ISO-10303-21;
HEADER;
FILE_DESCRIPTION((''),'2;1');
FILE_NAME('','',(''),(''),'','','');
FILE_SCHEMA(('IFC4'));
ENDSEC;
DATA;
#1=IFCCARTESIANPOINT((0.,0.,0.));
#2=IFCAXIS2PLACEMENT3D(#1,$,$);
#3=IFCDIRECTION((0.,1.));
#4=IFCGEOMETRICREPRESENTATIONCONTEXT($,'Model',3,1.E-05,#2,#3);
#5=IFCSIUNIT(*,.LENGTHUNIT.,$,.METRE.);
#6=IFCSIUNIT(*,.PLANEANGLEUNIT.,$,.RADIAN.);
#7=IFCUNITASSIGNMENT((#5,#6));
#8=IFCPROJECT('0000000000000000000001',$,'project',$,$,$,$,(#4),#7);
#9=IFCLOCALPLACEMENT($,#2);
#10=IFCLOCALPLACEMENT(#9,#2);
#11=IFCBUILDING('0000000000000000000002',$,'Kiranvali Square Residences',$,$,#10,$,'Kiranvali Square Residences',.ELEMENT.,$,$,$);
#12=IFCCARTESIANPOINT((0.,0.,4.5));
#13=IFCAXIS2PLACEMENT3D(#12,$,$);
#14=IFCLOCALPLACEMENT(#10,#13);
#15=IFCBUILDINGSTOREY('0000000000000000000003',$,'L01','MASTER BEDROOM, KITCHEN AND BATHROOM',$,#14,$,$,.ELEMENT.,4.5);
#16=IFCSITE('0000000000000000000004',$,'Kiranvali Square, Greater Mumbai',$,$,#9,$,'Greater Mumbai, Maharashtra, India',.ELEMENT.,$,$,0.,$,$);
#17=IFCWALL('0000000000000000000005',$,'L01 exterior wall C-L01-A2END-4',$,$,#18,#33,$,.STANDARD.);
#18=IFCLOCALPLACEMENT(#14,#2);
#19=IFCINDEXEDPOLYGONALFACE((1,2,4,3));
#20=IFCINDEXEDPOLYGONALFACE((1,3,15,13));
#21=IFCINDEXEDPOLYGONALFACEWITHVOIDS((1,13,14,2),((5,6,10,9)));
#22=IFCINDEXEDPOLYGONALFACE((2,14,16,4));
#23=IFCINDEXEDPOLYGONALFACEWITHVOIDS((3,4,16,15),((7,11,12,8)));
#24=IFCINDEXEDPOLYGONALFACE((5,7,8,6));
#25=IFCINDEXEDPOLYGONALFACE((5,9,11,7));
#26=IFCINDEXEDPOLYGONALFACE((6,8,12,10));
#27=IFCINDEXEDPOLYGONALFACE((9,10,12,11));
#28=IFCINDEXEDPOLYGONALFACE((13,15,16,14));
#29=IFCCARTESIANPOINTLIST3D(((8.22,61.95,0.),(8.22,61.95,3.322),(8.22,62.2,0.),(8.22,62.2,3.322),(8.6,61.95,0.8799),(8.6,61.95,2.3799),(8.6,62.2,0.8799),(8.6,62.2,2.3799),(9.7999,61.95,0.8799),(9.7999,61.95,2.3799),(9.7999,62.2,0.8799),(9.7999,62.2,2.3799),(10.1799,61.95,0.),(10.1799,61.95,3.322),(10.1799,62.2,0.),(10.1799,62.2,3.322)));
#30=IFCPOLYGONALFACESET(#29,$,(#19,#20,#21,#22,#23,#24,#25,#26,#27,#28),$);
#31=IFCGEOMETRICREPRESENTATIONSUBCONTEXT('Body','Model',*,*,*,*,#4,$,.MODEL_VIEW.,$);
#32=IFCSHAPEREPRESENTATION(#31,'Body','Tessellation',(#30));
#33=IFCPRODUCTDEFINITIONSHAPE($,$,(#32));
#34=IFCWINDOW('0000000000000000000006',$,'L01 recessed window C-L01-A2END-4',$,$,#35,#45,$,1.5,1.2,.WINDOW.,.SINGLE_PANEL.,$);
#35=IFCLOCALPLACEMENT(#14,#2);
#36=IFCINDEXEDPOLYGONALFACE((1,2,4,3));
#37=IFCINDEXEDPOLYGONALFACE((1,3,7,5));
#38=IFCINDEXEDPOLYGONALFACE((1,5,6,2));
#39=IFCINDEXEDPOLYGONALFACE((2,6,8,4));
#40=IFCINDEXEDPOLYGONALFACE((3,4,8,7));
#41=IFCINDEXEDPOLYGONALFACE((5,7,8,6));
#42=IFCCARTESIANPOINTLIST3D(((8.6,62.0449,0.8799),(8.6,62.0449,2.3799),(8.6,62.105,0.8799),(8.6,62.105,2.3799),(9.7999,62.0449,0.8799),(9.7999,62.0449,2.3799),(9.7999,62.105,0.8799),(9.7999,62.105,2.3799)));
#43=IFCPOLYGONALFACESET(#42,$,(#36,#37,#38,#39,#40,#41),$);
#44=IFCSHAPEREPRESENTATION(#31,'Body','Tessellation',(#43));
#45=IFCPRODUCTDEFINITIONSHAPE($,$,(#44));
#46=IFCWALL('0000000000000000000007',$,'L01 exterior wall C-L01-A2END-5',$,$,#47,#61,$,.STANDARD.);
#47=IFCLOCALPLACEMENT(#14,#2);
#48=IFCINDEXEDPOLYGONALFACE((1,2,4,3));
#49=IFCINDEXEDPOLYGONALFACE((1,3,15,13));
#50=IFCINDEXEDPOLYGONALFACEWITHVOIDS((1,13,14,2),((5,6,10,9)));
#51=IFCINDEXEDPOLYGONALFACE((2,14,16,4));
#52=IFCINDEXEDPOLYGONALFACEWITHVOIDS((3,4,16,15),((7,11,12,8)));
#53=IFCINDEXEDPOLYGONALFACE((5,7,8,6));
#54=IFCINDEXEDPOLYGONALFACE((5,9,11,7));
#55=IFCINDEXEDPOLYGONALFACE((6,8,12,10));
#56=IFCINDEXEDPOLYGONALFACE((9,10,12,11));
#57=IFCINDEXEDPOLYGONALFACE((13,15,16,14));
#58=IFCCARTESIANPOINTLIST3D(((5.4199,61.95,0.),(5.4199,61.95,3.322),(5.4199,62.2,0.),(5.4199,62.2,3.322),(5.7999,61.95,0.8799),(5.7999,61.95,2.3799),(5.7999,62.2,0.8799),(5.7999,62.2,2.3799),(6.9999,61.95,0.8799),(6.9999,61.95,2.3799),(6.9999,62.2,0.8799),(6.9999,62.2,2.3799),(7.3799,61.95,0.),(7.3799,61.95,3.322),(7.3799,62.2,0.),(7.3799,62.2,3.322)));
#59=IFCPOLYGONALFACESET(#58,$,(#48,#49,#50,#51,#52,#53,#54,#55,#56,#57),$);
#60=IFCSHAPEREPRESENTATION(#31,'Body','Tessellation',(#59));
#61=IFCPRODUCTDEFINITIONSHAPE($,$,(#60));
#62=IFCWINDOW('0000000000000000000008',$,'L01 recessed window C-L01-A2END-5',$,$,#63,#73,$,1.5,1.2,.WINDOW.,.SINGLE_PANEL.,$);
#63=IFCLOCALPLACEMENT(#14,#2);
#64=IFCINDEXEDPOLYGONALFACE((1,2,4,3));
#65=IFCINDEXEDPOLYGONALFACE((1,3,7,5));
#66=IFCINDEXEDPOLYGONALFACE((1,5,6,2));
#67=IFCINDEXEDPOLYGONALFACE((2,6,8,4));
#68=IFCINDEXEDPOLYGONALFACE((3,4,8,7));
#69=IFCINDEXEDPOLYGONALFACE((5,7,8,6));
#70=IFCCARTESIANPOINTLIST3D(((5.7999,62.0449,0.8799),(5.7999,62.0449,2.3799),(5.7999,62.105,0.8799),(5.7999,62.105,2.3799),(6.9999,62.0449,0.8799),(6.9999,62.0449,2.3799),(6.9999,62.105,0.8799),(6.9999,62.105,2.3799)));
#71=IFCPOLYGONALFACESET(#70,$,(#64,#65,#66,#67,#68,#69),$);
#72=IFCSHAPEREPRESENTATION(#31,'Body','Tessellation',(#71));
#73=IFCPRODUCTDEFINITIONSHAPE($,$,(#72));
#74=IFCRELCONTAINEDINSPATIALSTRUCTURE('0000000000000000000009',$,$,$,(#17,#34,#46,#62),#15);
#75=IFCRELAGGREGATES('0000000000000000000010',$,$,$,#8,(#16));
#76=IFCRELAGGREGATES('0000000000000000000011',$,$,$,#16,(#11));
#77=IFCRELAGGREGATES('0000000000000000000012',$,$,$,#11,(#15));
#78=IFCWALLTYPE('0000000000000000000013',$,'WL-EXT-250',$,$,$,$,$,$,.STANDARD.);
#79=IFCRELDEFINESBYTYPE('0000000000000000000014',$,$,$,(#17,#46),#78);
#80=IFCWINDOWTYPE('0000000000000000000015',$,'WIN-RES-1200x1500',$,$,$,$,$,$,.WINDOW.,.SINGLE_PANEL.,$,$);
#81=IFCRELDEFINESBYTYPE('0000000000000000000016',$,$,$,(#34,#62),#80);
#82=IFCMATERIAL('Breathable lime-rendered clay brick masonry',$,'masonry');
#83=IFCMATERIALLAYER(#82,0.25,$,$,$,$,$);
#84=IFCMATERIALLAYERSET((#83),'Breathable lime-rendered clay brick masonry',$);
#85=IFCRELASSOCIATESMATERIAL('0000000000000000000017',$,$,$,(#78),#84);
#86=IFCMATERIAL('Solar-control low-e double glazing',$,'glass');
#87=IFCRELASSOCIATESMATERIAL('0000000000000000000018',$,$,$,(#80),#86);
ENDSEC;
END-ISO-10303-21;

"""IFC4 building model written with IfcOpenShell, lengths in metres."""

from ifc_helpers import new_model, si_unit, direction, frame, frame_2d, origin, place, context, subcontext, project, spatial, rectangle, extrude, material, layer, layer_set, type_object, element, fill, save


model = new_model("IFC4")

# Units and contexts
model_context = context("Model", 3, precision=1e-05, world=origin(), true_north=direction((0.0, 1.0)))
body_context = subcontext(model_context, "Body", "Model", "MODEL_VIEW")
ifc_project = project(units=[si_unit("LENGTHUNIT", "METRE"), si_unit("PLANEANGLEUNIT", "RADIAN")], contexts=[model_context])

# Site, building, storey
site_placement = place(None, origin())
site = spatial("IfcSite", under=ifc_project, at=site_placement, Name="Kiranvali Square, Greater Mumbai", LongName="Greater Mumbai, Maharashtra, India", CompositionType="ELEMENT", RefElevation=0.0)
building_placement = place(site_placement, origin())
building = spatial("IfcBuilding", under=site, at=building_placement, Name="Kiranvali Square Residences", LongName="Kiranvali Square Residences", CompositionType="ELEMENT")
storey_placement = place(building_placement, frame((0.0, 0.0, 4.5)))
storey = spatial("IfcBuildingStorey", under=building, at=storey_placement, Name="L01", Description="MASTER BEDROOM, KITCHEN AND BATHROOM", CompositionType="ELEMENT", Elevation=4.5)

# Walls, openings, windows
ifc_material_1 = material(Name="Breathable lime-rendered clay brick masonry", Category="masonry")
ifc_layer = layer(ifc_material_1, 0.25)
ifc_layer_set = layer_set([ifc_layer], Name="Breathable lime-rendered clay brick masonry")
wall_type = type_object("IfcWallType", Name="WL-EXT-250", PredefinedType="STANDARD", material=ifc_layer_set)
ifc_material_2 = material(Name="Solar-control low-e double glazing", Category="glass")
window_type = type_object("IfcWindowType", Name="WIN-RES-1200x1500", PartitioningType="SINGLE_PANEL", PredefinedType="WINDOW", material=ifc_material_2)
wall_1_placement = place(storey_placement, frame((10.1799, 62.075, 0.0), z_axis=(0.0, 0.0, 1.0), x_axis=(-1.0, 0.0, 0.0)))
wall_1 = element("IfcWall", 1, at=wall_1_placement, inside=storey, type_object=wall_type, Name="L01 exterior wall C-L01-A2END-4", PredefinedType="STANDARD", context=body_context, shape_type="SweptSolid", body=[
    extrude(rectangle(XDim=1.96, YDim=0.25, at=frame_2d((0.98, 0.0))), origin(), (0.0, 0.0, 1.0), 3.322),
])
opening_1_placement = place(wall_1_placement, frame((0.3799, 0.0, 0.8799)))
opening_1 = element("IfcOpeningElement", 2, at=opening_1_placement, cuts=wall_1, PredefinedType="OPENING", context=body_context, shape_type="SweptSolid", body=[
    extrude(rectangle(XDim=1.2, YDim=1.5, at=frame_2d((0.6001, 0.75))), frame((0.0, 0.135, 0.0), z_axis=(0.0, -1.0, 0.0), x_axis=(1.0, 0.0, 0.0)), (0.0, 0.0, 1.0), 0.27),
])
window_1_placement = place(opening_1_placement, origin())
window_1 = element("IfcWindow", 3, at=window_1_placement, inside=storey, type_object=window_type, Name="L01 recessed window C-L01-A2END-4", OverallHeight=1.5, OverallWidth=1.2, PartitioningType="SINGLE_PANEL", PredefinedType="WINDOW", context=body_context, shape_type="SweptSolid", body=[
    extrude(rectangle(XDim=1.2, YDim=1.5, at=frame_2d((0.6001, 0.75))), frame((0.0, 0.03, 0.0), z_axis=(0.0, -1.0, 0.0), x_axis=(1.0, 0.0, 0.0)), (0.0, 0.0, 1.0), 0.0601),
])
fill(opening_1, window_1)
wall_2_placement = place(storey_placement, frame((7.3799, 62.075, 0.0), z_axis=(0.0, 0.0, 1.0), x_axis=(-1.0, 0.0, 0.0)))
wall_2 = element("IfcWall", 4, at=wall_2_placement, inside=storey, type_object=wall_type, Name="L01 exterior wall C-L01-A2END-5", PredefinedType="STANDARD", context=body_context, shape_type="SweptSolid", body=[
    extrude(rectangle(XDim=1.96, YDim=0.25, at=frame_2d((0.98, 0.0))), origin(), (0.0, 0.0, 1.0), 3.322),
])
opening_2_placement = place(wall_2_placement, frame((0.3799, 0.0, 0.8799)))
opening_2 = element("IfcOpeningElement", 5, at=opening_2_placement, cuts=wall_2, PredefinedType="OPENING", context=body_context, shape_type="SweptSolid", body=[
    extrude(rectangle(XDim=1.2, YDim=1.5, at=frame_2d((0.6001, 0.75))), frame((0.0, 0.135, 0.0), z_axis=(0.0, -1.0, 0.0), x_axis=(1.0, 0.0, 0.0)), (0.0, 0.0, 1.0), 0.27),
])
window_2_placement = place(opening_2_placement, origin())
window_2 = element("IfcWindow", 6, at=window_2_placement, inside=storey, type_object=window_type, Name="L01 recessed window C-L01-A2END-5", OverallHeight=1.5, OverallWidth=1.2, PartitioningType="SINGLE_PANEL", PredefinedType="WINDOW", context=body_context, shape_type="SweptSolid", body=[
    extrude(rectangle(XDim=1.2, YDim=1.5, at=frame_2d((0.6001, 0.75))), frame((0.0, 0.03, 0.0), z_axis=(0.0, -1.0, 0.0), x_axis=(1.0, 0.0, 0.0)), (0.0, 0.0, 1.0), 0.0601),
])
fill(opening_2, window_2)

save(model, "model.ifc")
